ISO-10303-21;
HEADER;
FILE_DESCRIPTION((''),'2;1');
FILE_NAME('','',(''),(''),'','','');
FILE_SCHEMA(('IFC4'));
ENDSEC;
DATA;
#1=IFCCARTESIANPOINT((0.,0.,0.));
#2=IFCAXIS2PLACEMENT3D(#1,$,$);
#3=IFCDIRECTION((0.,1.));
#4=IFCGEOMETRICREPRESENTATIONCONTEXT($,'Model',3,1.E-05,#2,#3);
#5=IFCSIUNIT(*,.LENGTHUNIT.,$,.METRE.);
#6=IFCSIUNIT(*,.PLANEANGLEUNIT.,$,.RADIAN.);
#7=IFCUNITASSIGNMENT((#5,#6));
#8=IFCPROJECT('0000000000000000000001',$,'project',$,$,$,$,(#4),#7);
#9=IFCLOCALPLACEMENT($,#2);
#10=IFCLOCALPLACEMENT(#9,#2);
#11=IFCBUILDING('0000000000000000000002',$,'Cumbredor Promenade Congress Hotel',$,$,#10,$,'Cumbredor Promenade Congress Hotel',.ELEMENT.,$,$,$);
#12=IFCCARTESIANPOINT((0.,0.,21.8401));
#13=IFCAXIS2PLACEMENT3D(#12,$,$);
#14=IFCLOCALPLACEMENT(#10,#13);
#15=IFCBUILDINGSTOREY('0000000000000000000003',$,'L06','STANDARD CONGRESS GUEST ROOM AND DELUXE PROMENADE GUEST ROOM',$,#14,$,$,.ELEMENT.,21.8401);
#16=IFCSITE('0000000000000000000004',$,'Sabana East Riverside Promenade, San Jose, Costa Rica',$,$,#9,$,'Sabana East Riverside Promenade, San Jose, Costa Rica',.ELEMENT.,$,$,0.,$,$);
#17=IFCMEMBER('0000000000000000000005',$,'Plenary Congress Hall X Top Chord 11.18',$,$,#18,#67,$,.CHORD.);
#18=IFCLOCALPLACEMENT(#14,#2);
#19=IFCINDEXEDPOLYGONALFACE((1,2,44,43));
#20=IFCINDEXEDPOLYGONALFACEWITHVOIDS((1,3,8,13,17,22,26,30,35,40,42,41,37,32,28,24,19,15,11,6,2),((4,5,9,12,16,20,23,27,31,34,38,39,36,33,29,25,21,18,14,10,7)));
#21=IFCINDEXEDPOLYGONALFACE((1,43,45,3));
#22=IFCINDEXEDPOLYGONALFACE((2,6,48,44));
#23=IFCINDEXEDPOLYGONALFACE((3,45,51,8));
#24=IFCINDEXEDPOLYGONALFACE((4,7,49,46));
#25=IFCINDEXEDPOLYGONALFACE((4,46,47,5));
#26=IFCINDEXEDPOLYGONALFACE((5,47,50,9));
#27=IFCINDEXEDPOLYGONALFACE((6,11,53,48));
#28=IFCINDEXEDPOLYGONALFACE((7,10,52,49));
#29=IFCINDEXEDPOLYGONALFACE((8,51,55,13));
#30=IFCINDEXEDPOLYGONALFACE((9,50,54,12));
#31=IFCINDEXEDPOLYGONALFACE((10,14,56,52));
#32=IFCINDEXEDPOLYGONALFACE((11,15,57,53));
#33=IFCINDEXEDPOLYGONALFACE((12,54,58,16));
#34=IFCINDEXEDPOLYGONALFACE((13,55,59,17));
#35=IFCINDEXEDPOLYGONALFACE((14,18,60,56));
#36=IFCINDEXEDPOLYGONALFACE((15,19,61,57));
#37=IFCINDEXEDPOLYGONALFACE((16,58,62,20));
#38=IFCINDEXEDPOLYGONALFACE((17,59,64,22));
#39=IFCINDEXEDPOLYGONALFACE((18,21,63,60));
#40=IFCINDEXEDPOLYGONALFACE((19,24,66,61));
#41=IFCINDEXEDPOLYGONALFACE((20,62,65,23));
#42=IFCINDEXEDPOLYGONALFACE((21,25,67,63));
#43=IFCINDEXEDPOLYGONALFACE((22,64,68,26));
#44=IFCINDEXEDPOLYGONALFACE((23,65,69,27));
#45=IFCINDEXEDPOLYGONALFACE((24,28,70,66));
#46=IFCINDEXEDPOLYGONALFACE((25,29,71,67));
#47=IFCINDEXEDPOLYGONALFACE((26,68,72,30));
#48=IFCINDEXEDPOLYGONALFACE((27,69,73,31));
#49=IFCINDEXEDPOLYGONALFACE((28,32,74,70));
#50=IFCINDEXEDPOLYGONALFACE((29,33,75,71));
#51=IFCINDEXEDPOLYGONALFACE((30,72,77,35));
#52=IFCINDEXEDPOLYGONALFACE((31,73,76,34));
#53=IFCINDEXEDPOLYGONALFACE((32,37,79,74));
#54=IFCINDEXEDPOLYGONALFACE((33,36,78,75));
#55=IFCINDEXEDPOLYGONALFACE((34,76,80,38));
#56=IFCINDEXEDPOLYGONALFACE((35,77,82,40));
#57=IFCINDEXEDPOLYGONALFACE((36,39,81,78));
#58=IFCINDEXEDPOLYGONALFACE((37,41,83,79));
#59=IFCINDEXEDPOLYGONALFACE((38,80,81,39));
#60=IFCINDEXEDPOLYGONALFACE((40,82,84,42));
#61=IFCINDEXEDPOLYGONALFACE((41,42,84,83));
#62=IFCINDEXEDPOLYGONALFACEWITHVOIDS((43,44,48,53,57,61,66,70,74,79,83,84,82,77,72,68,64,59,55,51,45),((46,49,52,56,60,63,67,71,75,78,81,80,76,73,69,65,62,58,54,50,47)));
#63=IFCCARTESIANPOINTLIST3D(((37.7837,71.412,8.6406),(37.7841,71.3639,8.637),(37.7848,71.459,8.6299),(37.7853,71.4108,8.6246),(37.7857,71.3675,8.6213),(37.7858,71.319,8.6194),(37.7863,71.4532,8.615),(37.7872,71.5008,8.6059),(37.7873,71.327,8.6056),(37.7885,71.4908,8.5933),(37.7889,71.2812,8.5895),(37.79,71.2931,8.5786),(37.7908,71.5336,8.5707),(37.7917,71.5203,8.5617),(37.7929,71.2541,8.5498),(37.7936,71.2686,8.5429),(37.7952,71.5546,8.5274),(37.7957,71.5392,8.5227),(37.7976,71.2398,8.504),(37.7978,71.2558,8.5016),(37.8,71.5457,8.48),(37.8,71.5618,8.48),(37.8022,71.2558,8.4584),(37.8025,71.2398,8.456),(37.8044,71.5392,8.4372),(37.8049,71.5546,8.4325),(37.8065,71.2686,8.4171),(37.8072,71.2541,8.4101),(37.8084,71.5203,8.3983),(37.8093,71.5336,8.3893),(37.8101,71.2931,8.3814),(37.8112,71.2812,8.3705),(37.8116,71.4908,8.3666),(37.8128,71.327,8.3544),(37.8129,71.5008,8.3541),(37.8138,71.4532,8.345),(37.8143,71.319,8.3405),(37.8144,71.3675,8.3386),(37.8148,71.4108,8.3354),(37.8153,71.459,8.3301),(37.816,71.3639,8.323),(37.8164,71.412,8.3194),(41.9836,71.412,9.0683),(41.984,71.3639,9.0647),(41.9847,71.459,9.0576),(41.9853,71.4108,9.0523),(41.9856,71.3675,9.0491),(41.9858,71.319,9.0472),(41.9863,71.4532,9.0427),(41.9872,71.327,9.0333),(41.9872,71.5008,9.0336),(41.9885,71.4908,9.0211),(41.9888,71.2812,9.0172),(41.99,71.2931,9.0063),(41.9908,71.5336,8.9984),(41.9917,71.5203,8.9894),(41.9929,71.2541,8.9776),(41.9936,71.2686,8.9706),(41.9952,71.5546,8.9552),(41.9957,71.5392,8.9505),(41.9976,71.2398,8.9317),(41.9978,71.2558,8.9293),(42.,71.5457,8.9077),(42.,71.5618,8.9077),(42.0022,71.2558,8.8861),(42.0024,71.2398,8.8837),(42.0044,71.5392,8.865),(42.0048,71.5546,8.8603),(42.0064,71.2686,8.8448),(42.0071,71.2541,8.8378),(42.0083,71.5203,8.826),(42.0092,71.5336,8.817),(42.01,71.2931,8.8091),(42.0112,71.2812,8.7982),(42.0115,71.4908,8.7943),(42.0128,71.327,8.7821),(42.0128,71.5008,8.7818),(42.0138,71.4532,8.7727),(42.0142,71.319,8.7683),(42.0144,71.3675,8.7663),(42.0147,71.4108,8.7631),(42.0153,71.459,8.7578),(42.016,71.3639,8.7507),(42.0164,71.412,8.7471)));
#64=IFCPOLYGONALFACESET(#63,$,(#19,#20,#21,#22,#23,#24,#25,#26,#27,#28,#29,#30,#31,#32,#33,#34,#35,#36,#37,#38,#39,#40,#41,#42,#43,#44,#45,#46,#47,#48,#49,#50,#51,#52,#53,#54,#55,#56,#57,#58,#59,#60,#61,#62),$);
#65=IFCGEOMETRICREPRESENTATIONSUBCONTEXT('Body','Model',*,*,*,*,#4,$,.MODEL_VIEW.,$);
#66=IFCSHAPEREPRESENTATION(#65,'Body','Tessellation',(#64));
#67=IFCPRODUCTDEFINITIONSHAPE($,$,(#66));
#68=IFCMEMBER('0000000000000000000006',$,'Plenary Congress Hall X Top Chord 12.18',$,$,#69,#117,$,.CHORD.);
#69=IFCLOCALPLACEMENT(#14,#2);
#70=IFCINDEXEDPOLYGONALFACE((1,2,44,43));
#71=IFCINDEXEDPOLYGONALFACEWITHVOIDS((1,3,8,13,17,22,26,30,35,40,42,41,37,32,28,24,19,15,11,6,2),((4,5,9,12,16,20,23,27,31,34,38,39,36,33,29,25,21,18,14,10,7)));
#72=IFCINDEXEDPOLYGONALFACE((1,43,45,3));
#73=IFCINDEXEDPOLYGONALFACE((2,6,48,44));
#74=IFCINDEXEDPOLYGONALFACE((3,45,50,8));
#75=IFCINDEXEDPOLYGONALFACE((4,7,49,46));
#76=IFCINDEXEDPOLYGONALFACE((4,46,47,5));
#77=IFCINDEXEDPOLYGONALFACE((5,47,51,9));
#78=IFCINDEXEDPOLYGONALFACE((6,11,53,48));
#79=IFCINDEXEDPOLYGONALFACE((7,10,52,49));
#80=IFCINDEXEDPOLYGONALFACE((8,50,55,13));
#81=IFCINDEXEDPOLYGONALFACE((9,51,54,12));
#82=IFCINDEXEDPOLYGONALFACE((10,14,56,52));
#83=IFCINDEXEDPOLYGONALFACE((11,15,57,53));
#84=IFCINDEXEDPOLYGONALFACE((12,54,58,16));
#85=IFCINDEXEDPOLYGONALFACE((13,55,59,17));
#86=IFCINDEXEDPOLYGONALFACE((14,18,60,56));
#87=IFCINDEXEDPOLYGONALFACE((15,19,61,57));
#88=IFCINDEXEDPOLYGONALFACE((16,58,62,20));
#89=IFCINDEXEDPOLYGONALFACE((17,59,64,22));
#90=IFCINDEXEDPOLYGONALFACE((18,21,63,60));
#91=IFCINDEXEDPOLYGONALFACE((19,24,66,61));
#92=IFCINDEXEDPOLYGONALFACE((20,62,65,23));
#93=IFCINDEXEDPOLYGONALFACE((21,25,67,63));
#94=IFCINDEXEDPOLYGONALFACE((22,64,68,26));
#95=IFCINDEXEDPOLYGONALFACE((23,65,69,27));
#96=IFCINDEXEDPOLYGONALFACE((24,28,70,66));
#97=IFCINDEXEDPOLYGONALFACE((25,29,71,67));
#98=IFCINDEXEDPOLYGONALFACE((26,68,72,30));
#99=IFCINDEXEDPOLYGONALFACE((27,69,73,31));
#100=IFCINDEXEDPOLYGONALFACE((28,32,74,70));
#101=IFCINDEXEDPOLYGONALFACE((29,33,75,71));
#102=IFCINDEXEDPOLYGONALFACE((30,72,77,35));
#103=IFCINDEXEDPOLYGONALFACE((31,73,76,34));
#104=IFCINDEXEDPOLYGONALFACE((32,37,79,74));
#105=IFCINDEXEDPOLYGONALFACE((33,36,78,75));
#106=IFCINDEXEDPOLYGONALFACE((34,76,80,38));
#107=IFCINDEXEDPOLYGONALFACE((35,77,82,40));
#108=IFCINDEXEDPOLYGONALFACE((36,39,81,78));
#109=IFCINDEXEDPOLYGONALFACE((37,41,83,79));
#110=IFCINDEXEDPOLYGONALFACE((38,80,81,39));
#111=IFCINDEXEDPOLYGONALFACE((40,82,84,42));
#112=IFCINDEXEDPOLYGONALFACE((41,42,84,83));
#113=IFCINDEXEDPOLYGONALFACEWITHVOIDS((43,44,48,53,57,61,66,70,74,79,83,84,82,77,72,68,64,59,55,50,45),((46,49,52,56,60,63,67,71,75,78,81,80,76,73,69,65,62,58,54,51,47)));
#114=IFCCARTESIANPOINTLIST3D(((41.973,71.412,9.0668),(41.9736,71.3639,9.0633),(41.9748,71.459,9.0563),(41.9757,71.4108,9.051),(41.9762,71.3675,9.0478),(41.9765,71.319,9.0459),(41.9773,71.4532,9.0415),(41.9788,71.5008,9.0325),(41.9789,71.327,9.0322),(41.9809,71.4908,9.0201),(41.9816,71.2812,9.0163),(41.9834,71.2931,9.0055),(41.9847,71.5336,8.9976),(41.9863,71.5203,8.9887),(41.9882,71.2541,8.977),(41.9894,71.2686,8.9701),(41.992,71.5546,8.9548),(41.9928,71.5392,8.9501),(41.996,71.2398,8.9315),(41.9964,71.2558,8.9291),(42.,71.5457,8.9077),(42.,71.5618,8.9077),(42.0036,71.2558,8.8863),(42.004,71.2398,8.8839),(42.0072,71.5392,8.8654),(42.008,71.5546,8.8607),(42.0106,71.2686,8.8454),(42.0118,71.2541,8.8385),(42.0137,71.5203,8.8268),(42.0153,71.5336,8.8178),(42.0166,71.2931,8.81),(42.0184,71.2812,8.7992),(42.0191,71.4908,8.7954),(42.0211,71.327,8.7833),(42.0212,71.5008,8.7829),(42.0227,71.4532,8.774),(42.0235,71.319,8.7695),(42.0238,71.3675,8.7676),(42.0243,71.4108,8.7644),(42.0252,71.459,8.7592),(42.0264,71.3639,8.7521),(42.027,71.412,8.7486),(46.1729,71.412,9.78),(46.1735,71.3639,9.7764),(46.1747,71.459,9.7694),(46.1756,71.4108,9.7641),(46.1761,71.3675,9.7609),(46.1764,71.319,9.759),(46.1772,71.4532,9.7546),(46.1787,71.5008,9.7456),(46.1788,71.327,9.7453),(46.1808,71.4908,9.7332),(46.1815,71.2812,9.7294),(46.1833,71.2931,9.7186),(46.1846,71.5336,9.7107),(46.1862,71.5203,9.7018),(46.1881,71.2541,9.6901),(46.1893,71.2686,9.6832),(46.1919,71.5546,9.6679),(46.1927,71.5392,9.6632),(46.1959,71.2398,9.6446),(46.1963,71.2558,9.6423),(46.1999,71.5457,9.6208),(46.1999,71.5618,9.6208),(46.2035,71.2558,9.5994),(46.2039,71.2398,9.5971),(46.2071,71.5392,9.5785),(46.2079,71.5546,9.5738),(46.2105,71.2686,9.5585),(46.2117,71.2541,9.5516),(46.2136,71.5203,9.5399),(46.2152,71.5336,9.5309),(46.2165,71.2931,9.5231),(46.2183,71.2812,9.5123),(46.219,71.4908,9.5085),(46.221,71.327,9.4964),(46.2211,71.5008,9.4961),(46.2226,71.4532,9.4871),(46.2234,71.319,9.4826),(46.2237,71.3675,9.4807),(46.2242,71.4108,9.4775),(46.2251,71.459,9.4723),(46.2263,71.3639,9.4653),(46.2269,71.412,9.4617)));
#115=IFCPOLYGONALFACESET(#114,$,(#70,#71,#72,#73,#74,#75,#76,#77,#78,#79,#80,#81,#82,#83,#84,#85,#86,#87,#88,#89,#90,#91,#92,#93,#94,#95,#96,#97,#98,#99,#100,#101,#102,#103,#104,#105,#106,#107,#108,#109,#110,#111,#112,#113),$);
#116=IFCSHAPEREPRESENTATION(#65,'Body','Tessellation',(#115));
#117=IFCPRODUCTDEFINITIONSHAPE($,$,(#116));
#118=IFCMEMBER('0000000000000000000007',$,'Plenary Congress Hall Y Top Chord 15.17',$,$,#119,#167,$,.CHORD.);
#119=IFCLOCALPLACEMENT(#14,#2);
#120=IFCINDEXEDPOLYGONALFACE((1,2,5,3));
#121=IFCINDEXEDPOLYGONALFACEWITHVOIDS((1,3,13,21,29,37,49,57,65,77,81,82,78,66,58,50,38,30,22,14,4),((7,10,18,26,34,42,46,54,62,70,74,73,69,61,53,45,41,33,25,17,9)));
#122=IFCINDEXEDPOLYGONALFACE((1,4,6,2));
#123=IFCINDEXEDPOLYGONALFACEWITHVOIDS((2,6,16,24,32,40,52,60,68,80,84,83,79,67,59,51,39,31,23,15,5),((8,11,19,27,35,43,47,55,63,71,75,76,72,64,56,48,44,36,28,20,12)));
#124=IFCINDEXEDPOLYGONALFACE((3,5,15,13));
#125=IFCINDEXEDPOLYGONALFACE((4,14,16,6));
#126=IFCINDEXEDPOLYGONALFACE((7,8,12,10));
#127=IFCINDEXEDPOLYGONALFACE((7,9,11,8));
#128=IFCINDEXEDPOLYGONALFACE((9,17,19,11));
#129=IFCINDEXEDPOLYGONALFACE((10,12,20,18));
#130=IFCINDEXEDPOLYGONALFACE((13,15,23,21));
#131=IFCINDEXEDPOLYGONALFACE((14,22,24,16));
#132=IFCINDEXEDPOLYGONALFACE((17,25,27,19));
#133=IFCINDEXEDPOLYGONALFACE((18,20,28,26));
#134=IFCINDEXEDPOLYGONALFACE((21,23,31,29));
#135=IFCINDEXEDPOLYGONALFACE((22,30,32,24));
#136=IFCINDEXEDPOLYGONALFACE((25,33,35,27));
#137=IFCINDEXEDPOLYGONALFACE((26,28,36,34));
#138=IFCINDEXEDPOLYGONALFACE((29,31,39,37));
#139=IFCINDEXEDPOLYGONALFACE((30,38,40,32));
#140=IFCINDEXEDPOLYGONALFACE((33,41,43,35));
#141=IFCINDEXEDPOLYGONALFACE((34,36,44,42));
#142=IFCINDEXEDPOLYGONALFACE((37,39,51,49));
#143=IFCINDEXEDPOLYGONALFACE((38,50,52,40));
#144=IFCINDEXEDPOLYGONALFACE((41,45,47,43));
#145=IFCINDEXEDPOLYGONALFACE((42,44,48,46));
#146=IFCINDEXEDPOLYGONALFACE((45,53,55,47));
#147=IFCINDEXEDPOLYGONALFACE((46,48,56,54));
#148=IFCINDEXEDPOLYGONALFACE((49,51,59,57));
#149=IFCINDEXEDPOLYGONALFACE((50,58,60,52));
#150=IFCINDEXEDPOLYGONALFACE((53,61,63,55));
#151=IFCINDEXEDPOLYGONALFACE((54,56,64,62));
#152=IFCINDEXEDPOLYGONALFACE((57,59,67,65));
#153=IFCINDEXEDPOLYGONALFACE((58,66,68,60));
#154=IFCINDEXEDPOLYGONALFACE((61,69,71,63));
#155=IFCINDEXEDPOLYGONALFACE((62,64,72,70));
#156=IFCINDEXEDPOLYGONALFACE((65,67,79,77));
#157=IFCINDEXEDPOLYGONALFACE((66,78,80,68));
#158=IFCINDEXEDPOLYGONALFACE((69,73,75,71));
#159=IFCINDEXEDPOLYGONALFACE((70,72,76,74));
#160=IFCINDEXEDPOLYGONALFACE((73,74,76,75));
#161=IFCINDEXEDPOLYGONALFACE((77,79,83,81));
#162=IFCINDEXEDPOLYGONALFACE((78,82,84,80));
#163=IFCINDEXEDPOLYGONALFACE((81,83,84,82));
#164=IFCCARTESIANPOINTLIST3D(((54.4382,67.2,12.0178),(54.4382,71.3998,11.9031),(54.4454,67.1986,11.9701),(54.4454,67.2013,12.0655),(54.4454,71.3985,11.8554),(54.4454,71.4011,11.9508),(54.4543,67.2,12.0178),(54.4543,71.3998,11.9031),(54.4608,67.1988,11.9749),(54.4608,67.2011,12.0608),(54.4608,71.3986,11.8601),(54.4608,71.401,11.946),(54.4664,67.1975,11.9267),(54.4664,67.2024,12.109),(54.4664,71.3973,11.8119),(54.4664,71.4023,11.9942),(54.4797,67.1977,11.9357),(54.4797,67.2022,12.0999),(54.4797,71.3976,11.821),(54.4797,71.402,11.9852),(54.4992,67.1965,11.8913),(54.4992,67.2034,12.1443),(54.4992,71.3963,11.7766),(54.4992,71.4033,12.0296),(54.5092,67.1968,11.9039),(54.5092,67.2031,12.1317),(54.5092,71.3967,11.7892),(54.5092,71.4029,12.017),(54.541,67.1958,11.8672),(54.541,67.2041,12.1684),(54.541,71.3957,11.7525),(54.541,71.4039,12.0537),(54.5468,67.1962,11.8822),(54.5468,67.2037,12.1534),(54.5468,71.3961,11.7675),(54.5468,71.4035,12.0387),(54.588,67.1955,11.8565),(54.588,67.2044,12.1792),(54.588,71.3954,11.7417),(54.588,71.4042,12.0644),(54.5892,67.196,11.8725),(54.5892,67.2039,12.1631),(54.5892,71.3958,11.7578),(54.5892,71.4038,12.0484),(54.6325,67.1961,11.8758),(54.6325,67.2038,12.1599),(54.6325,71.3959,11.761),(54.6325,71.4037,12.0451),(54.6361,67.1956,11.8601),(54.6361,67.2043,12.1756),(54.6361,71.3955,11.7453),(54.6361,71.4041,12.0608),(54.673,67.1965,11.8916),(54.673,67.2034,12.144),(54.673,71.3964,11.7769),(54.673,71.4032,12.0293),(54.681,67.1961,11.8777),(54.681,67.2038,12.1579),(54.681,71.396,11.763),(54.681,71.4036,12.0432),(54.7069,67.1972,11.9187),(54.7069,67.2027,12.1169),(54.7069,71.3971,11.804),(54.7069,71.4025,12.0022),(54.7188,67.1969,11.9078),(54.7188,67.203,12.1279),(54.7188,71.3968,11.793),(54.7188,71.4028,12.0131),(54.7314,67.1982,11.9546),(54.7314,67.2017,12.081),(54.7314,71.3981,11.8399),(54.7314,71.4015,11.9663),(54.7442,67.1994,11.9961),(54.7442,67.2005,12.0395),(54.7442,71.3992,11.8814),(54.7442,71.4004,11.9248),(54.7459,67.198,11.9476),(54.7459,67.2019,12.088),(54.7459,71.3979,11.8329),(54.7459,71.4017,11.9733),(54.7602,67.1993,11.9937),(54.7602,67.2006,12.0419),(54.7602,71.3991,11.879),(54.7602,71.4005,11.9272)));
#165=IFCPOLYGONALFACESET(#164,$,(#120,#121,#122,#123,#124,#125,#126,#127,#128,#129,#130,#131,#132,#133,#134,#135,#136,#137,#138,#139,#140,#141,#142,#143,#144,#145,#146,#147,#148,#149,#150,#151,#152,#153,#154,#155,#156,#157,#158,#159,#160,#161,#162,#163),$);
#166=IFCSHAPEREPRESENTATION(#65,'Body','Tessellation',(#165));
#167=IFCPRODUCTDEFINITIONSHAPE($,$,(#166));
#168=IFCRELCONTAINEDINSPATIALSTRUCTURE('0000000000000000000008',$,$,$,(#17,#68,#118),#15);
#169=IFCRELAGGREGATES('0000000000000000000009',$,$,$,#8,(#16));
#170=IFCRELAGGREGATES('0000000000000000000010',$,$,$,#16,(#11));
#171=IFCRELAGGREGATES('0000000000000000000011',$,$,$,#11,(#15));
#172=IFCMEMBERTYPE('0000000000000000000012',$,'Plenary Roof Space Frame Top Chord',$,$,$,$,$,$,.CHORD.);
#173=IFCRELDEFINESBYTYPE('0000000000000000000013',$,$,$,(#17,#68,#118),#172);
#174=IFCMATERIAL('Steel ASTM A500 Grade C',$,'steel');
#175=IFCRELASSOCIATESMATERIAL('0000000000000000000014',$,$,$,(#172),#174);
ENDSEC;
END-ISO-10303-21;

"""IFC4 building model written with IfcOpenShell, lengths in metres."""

from ifc_helpers import new_model, si_unit, direction, frame, origin, origin_2d, place, context, subcontext, project, spatial, hollow_circle, extrude, material, material_profile, profile_set, type_object, element, save


model = new_model("IFC4")

# Units and contexts
model_context = context("Model", 3, precision=1e-05, world=origin(), true_north=direction((0.0, 1.0)))
body_context = subcontext(model_context, "Body", "Model", "MODEL_VIEW")
ifc_project = project(units=[si_unit("LENGTHUNIT", "METRE"), si_unit("PLANEANGLEUNIT", "RADIAN")], contexts=[model_context])

# Site, building, storey
site_placement = place(None, origin())
site = spatial("IfcSite", under=ifc_project, at=site_placement, Name="Sabana East Riverside Promenade, San Jose, Costa Rica", LongName="Sabana East Riverside Promenade, San Jose, Costa Rica", CompositionType="ELEMENT", RefElevation=0.0)
building_placement = place(site_placement, origin())
building = spatial("IfcBuilding", under=site, at=building_placement, Name="Cumbredor Promenade Congress Hotel", LongName="Cumbredor Promenade Congress Hotel", CompositionType="ELEMENT")
storey_placement = place(building_placement, frame((0.0, 0.0, 21.8401)))
storey = spatial("IfcBuildingStorey", under=building, at=storey_placement, Name="L06", Description="STANDARD CONGRESS GUEST ROOM AND DELUXE PROMENADE GUEST ROOM", CompositionType="ELEMENT", Elevation=21.8401)

# Members
ifc_material_1 = material(Name="Steel ASTM A500 Grade C", Category="steel")
ifc_material_profile_1 = material_profile(ifc_material_1, hollow_circle(Radius=0.1619, WallThickness=0.0161, at=origin_2d()), Name="CHS 323.9x16")
ifc_profile_set_1 = profile_set([ifc_material_profile_1], Name="Steel ASTM A500 Grade C")
member_type_1 = type_object("IfcMemberType", Name="Plenary Roof Space Frame Top Chord", PredefinedType="CHORD", material=ifc_profile_set_1)
member_1_placement = place(storey_placement, frame((37.8, 71.3999, 8.48), z_axis=(0.994854, 0.0, 0.101319), x_axis=(0.0, 1.0, 0.0)))
element("IfcMember", 1, at=member_1_placement, inside=storey, type_object=member_type_1, Name="Plenary Congress Hall X Top Chord 11.18", PredefinedType="CHORD", context=body_context, shape_type="SweptSolid", body=[
    extrude(hollow_circle(Radius=0.1619, WallThickness=0.0161, at=origin_2d()), origin(), (0.0, 0.0, 1.0), 4.2217),
])
member_2_placement = place(storey_placement, frame((42.0, 71.3999, 8.9077), z_axis=(0.985889, 0.0, 0.1674), x_axis=(0.0, 1.0, 0.0)))
element("IfcMember", 2, at=member_2_placement, inside=storey, type_object=member_type_1, Name="Plenary Congress Hall X Top Chord 12.18", PredefinedType="CHORD", context=body_context, shape_type="SweptSolid", body=[
    extrude(hollow_circle(Radius=0.1619, WallThickness=0.0161, at=origin_2d()), origin(), (0.0, 0.0, 1.0), 4.26),
])
member_3_placement = place(storey_placement, frame((54.6001, 67.2, 12.0178), z_axis=(0.0, 0.999627, -0.027311), x_axis=(-1.0, 0.0, 0.0)))
element("IfcMember", 3, at=member_3_placement, inside=storey, type_object=member_type_1, Name="Plenary Congress Hall Y Top Chord 15.17", PredefinedType="CHORD", context=body_context, shape_type="SweptSolid", body=[
    extrude(hollow_circle(Radius=0.1619, WallThickness=0.0161, at=origin_2d()), origin(), (0.0, 0.0, 1.0), 4.2014),
])

save(model, "model.ifc")
